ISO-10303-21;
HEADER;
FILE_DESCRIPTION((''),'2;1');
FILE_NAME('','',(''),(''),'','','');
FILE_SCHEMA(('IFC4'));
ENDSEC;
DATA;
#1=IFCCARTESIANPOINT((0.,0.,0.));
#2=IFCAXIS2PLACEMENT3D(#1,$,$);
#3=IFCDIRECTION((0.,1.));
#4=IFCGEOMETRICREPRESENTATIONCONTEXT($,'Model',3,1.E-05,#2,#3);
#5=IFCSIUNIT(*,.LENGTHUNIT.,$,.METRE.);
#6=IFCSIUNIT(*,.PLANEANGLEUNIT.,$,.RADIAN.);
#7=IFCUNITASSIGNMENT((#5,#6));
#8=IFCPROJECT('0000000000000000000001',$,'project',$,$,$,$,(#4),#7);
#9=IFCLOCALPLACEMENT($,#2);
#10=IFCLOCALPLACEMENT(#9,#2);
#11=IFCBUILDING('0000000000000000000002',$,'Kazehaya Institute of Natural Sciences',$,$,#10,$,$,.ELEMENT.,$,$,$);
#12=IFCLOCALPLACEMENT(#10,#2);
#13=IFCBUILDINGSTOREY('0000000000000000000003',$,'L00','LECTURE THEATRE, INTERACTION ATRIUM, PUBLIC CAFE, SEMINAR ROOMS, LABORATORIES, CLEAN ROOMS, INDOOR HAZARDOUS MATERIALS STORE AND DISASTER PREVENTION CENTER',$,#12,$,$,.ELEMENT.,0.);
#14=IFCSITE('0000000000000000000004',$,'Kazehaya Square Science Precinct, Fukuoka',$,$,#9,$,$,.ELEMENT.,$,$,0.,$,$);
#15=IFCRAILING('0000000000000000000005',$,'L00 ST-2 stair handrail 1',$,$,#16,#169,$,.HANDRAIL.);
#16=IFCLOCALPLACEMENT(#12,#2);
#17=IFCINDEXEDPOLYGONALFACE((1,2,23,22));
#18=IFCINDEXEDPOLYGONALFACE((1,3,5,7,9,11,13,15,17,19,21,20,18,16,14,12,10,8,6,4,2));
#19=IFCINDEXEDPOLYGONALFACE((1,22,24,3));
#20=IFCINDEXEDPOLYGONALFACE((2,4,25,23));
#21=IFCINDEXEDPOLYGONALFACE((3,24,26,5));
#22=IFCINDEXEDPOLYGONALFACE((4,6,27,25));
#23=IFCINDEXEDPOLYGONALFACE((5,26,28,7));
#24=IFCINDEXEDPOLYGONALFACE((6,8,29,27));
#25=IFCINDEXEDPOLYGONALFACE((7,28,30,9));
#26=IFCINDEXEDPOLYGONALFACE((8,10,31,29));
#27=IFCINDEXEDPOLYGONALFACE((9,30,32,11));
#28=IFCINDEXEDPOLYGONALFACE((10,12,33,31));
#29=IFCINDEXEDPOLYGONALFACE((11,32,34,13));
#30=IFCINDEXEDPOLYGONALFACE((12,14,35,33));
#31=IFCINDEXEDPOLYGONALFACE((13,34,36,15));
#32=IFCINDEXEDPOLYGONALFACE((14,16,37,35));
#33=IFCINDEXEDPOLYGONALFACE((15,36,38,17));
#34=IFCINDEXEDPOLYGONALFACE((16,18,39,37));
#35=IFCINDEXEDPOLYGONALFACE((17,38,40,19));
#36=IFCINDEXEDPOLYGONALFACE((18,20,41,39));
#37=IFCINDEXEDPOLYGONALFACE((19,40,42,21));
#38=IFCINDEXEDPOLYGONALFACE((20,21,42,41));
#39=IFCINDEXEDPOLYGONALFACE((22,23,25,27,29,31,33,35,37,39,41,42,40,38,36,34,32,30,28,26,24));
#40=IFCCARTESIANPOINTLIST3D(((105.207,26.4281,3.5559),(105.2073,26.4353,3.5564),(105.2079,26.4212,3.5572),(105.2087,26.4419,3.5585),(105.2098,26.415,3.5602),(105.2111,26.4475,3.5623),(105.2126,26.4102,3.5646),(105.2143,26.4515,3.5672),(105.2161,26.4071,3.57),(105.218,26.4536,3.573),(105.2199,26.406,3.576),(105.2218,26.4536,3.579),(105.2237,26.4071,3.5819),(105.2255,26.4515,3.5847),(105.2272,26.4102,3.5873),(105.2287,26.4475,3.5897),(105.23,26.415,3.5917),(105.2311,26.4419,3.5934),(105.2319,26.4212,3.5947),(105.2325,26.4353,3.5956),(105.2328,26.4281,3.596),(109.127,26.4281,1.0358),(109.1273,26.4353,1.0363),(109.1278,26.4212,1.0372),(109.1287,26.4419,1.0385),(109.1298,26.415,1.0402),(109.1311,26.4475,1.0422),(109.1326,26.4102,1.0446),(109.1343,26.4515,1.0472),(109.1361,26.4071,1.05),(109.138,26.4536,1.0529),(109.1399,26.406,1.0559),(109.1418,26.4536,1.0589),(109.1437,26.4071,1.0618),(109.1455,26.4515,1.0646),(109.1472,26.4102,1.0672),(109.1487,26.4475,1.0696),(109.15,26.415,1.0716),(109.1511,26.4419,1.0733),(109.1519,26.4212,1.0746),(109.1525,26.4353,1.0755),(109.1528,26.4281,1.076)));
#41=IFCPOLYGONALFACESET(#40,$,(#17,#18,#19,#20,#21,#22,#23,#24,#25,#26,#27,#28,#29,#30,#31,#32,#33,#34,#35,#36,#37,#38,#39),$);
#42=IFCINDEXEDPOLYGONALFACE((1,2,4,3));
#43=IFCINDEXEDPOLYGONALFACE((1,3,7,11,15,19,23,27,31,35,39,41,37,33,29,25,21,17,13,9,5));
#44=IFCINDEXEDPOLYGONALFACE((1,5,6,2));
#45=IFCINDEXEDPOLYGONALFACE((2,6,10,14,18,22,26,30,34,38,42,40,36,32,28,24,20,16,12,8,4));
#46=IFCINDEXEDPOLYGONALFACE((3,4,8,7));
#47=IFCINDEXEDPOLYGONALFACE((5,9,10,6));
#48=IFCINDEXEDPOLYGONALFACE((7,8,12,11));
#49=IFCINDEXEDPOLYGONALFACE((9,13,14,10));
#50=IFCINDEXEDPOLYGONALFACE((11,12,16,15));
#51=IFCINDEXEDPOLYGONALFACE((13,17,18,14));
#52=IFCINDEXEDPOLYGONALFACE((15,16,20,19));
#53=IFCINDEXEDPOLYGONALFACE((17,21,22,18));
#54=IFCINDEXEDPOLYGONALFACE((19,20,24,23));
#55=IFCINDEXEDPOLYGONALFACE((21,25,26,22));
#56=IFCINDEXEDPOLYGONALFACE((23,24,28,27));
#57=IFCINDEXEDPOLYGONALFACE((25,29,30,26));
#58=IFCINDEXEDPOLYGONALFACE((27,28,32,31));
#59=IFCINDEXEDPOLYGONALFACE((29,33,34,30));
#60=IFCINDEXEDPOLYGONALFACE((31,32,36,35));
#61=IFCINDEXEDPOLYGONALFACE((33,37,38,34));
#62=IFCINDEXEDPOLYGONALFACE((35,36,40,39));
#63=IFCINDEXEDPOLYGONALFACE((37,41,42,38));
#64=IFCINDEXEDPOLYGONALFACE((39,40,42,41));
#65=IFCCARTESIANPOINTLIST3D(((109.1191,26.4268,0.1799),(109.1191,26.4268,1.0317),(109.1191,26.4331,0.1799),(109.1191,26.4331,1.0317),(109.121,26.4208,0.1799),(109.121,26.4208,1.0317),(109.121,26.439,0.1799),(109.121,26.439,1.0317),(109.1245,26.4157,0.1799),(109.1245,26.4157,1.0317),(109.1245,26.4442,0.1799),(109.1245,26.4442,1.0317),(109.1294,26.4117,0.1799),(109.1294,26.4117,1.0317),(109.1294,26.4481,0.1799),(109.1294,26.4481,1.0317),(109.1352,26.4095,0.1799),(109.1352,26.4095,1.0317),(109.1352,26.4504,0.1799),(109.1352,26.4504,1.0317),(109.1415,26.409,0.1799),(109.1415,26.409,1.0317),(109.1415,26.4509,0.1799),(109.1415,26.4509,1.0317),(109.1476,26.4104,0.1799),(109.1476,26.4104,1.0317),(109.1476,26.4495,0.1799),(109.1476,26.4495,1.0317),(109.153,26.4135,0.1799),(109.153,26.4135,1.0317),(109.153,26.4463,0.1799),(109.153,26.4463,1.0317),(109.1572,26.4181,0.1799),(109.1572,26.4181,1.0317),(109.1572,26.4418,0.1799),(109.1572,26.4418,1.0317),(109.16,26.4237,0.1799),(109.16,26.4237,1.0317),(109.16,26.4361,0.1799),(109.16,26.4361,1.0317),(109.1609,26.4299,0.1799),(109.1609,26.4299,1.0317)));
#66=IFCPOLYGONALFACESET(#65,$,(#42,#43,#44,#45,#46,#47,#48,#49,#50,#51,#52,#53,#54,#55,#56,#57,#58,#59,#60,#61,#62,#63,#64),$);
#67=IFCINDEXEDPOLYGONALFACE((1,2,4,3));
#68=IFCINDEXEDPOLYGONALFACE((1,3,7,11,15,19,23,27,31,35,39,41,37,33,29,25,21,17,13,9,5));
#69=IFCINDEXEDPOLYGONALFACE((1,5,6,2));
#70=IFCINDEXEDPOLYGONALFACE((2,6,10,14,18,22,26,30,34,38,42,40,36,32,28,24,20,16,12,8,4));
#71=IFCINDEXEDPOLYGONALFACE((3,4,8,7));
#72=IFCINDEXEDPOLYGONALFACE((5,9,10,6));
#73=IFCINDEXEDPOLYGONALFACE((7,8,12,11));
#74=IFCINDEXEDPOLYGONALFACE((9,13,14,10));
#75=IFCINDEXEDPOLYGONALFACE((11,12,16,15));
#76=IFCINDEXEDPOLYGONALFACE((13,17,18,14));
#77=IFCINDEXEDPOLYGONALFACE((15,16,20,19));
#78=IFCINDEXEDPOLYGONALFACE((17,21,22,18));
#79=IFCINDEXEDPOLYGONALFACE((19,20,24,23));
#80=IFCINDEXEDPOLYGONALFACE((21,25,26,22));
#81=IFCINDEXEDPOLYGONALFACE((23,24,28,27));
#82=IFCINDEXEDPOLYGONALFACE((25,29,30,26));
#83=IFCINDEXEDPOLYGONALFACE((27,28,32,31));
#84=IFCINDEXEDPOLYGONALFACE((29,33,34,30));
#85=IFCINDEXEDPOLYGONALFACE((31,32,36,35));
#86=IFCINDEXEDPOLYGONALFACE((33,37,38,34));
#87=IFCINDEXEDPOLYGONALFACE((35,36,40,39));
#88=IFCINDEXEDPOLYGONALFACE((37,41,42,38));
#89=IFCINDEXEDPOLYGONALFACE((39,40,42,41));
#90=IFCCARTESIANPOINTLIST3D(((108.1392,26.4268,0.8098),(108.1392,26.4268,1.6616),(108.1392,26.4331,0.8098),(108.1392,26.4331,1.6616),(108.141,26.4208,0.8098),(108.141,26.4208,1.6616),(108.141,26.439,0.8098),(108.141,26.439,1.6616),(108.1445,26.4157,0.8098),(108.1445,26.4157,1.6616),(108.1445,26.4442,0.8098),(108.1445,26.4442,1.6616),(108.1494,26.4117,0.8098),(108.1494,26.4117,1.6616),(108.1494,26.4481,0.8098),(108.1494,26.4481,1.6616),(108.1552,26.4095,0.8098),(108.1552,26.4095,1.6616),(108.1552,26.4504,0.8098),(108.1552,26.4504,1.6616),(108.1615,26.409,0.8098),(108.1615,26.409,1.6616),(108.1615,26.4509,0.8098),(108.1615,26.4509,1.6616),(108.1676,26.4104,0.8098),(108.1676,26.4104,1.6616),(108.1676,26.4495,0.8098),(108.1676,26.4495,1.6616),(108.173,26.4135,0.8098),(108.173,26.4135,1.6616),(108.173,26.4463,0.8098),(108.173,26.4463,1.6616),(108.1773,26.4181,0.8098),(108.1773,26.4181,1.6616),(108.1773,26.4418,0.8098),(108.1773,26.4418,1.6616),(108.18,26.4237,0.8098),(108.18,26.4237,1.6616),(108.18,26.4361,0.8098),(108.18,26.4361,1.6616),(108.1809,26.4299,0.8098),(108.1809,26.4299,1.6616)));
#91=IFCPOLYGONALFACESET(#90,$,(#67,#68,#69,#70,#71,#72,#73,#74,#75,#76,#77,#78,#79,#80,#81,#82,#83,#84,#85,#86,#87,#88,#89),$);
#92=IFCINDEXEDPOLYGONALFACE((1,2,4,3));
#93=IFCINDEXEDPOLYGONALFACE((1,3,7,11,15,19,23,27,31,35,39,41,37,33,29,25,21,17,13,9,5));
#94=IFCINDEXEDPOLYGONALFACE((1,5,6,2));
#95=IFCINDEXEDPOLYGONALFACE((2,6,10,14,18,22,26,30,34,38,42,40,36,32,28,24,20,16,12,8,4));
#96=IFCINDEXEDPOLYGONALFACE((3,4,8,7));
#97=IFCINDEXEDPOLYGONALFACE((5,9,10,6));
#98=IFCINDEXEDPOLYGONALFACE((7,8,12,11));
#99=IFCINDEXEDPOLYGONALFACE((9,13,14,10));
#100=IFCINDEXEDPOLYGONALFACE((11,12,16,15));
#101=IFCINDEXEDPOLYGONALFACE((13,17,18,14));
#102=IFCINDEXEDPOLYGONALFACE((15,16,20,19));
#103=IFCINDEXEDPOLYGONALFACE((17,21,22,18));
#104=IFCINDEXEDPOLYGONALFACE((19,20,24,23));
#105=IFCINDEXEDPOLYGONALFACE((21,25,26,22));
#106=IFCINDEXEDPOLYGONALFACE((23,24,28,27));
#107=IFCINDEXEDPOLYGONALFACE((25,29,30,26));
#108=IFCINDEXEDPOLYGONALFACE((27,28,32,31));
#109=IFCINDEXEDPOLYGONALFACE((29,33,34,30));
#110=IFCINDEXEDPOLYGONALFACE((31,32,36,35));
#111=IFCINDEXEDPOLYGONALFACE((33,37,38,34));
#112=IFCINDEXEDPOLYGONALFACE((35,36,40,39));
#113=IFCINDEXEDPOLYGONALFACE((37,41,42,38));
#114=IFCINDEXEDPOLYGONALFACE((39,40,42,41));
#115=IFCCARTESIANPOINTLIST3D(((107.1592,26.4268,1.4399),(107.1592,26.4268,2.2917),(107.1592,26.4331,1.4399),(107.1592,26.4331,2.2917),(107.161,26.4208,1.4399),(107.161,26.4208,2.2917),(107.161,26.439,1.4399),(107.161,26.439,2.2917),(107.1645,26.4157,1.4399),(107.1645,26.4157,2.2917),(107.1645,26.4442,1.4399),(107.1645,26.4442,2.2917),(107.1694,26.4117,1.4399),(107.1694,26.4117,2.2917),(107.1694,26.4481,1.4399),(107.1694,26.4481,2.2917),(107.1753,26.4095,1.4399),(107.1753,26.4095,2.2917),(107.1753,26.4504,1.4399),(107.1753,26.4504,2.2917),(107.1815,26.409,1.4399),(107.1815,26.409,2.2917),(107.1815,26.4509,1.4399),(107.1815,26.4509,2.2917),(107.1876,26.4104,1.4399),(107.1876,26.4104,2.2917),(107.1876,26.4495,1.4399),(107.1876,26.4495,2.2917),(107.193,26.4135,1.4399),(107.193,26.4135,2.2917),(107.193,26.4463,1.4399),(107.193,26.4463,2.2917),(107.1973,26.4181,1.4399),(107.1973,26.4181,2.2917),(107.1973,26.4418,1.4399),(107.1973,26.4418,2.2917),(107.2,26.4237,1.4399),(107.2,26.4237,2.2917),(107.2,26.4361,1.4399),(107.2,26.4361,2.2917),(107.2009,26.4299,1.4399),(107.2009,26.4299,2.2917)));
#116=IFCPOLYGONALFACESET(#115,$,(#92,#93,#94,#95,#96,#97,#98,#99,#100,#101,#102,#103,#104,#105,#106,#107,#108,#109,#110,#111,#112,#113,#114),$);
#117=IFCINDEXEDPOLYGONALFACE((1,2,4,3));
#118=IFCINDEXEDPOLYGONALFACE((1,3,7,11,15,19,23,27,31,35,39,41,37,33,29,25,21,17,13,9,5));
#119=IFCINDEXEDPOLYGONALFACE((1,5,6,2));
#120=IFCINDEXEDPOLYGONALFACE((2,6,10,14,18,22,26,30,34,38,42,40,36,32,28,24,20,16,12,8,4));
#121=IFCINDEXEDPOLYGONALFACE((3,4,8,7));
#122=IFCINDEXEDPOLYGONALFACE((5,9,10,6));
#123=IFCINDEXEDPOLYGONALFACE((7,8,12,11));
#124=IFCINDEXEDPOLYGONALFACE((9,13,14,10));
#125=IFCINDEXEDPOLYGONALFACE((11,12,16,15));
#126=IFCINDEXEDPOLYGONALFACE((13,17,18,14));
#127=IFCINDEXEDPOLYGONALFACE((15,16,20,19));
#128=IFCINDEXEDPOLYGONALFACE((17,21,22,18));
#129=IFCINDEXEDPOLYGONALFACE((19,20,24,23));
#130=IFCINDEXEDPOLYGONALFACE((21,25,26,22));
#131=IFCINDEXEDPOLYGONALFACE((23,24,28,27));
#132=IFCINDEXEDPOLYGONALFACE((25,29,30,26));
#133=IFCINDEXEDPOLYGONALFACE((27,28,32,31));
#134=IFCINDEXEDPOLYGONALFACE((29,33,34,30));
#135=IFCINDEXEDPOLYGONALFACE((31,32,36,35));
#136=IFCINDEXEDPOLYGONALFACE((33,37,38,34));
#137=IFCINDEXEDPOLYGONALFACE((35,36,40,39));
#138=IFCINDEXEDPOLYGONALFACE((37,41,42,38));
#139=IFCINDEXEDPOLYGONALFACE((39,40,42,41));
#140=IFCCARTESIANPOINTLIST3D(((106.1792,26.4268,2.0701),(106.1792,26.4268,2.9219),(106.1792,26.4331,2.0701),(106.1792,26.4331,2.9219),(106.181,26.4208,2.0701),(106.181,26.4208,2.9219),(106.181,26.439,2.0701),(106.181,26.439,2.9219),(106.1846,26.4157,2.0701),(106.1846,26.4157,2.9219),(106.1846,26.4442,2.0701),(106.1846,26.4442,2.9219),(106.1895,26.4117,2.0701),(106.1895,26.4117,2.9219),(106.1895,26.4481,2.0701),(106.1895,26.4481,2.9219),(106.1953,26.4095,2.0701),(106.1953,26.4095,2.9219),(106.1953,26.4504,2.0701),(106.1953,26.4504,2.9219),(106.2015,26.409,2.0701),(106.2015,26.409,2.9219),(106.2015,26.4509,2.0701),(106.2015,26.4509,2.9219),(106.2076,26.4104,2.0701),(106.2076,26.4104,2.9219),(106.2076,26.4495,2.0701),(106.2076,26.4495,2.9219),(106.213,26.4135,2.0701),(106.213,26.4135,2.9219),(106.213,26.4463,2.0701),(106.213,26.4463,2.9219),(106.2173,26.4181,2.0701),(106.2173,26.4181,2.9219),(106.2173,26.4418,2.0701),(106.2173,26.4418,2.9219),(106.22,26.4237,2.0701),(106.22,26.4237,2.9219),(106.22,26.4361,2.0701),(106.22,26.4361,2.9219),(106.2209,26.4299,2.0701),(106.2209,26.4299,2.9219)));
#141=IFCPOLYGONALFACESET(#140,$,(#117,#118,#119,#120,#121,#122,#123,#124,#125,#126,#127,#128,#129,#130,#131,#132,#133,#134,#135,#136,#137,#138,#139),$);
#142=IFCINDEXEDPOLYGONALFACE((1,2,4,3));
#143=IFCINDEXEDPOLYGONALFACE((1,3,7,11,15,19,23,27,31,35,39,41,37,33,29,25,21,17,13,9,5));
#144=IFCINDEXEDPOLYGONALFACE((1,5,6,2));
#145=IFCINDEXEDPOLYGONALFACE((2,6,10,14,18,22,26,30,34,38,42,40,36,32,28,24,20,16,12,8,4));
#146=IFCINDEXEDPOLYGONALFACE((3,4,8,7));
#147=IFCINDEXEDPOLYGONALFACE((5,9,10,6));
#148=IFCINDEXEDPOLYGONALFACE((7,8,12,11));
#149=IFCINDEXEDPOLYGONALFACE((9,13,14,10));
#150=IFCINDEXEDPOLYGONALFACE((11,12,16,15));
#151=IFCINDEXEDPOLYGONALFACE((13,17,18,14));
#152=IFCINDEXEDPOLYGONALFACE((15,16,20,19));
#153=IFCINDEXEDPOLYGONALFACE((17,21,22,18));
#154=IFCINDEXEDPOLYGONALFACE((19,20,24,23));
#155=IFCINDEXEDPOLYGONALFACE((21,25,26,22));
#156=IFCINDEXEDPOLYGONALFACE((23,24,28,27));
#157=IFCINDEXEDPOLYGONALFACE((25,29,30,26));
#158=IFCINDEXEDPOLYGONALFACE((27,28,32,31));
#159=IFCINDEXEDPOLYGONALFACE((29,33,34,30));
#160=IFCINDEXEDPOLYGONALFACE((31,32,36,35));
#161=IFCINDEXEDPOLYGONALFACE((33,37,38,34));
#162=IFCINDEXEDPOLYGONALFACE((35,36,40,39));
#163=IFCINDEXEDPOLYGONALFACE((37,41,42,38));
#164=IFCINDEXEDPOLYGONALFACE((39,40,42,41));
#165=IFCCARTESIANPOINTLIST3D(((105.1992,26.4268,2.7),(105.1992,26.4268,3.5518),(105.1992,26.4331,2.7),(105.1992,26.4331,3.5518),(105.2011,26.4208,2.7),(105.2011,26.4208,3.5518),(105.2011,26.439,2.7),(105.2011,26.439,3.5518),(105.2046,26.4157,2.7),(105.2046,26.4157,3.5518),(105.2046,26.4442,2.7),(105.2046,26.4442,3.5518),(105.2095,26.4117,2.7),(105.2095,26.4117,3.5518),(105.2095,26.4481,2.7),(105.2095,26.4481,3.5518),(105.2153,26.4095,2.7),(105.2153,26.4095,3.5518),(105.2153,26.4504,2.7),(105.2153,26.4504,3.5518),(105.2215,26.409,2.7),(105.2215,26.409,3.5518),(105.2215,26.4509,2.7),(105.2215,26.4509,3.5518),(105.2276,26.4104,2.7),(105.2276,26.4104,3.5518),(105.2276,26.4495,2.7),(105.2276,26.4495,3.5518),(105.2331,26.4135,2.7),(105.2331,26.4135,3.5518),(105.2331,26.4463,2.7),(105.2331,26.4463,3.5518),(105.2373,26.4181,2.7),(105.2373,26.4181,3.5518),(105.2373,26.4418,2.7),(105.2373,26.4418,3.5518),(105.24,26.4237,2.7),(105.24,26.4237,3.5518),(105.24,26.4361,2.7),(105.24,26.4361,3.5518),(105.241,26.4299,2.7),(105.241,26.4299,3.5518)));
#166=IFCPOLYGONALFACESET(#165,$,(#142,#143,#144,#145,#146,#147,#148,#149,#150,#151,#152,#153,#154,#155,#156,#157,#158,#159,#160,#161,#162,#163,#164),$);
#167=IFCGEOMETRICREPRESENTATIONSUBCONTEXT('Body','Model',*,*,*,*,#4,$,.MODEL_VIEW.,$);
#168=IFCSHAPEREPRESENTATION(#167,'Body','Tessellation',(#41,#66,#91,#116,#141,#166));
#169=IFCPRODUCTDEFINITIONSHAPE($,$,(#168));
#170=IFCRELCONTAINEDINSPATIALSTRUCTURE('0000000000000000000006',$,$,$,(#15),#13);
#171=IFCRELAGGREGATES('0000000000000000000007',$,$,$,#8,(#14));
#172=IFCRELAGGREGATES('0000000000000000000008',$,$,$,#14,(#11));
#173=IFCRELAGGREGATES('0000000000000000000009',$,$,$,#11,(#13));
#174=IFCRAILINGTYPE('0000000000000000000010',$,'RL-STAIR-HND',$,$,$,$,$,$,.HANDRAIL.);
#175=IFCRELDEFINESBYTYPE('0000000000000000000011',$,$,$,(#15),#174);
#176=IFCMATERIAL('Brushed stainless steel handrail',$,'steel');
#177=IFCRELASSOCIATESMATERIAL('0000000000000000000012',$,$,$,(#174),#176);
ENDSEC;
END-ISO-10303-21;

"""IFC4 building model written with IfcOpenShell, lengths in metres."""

from ifc_helpers import new_model, si_unit, direction, frame, origin, origin_2d, place, context, subcontext, project, spatial, circle, extrude, material, type_object, element, save


model = new_model("IFC4")

# Units and contexts
model_context = context("Model", 3, precision=1e-05, world=origin(), true_north=direction((0.0, 1.0)))
body_context = subcontext(model_context, "Body", "Model", "MODEL_VIEW")
ifc_project = project(units=[si_unit("LENGTHUNIT", "METRE"), si_unit("PLANEANGLEUNIT", "RADIAN")], contexts=[model_context])

# Site, building, storey
site_placement = place(None, origin())
site = spatial("IfcSite", under=ifc_project, at=site_placement, Name="Kazehaya Square Science Precinct, Fukuoka", CompositionType="ELEMENT", RefElevation=0.0)
building_placement = place(site_placement, origin())
building = spatial("IfcBuilding", under=site, at=building_placement, Name="Kazehaya Institute of Natural Sciences", CompositionType="ELEMENT")
storey_placement = place(building_placement, origin())
storey = spatial("IfcBuildingStorey", under=building, at=storey_placement, Name="L00", Description="LECTURE THEATRE, INTERACTION ATRIUM, PUBLIC CAFE, SEMINAR ROOMS, LABORATORIES, CLEAN ROOMS, INDOOR HAZARDOUS MATERIALS STORE AND DISASTER PREVENTION CENTER", CompositionType="ELEMENT", Elevation=0.0)

# Railing
ifc_material_1 = material(Name="Brushed stainless steel handrail", Category="steel")
railing_type_1 = type_object("IfcRailingType", Name="RL-STAIR-HND", PredefinedType="HANDRAIL", material=ifc_material_1)
railing_1_placement = place(storey_placement, frame((109.1399, 26.4299, 0.1799)))
element("IfcRailing", 1, at=railing_1_placement, inside=storey, type_object=railing_type_1, Name="L00 ST-2 stair handrail 1", PredefinedType="HANDRAIL", context=body_context, shape_type="SweptSolid", body=[
    extrude(circle(Radius=0.0239, at=origin_2d()), frame((0.0, 0.0, 0.876), z_axis=(-0.841172, 0.0, 0.540768), x_axis=(0.0, -1.0, 0.0)), (0.0, 0.0, 1.0), 4.6602),
    extrude(circle(Radius=0.021, at=origin_2d()), origin(), (0.0, 0.0, 1.0), 0.8518),
    extrude(circle(Radius=0.021, at=origin_2d()), frame((-0.98, 0.0, 0.6299)), (0.0, 0.0, 1.0), 0.8518),
    extrude(circle(Radius=0.021, at=origin_2d()), frame((-1.96, 0.0, 1.26)), (0.0, 0.0, 1.0), 0.8518),
    extrude(circle(Radius=0.021, at=origin_2d()), frame((-2.9399, 0.0, 1.8901)), (0.0, 0.0, 1.0), 0.8518),
    extrude(circle(Radius=0.021, at=origin_2d()), frame((-3.9199, 0.0, 2.52)), (0.0, 0.0, 1.0), 0.8518),
])

save(model, "model.ifc")
